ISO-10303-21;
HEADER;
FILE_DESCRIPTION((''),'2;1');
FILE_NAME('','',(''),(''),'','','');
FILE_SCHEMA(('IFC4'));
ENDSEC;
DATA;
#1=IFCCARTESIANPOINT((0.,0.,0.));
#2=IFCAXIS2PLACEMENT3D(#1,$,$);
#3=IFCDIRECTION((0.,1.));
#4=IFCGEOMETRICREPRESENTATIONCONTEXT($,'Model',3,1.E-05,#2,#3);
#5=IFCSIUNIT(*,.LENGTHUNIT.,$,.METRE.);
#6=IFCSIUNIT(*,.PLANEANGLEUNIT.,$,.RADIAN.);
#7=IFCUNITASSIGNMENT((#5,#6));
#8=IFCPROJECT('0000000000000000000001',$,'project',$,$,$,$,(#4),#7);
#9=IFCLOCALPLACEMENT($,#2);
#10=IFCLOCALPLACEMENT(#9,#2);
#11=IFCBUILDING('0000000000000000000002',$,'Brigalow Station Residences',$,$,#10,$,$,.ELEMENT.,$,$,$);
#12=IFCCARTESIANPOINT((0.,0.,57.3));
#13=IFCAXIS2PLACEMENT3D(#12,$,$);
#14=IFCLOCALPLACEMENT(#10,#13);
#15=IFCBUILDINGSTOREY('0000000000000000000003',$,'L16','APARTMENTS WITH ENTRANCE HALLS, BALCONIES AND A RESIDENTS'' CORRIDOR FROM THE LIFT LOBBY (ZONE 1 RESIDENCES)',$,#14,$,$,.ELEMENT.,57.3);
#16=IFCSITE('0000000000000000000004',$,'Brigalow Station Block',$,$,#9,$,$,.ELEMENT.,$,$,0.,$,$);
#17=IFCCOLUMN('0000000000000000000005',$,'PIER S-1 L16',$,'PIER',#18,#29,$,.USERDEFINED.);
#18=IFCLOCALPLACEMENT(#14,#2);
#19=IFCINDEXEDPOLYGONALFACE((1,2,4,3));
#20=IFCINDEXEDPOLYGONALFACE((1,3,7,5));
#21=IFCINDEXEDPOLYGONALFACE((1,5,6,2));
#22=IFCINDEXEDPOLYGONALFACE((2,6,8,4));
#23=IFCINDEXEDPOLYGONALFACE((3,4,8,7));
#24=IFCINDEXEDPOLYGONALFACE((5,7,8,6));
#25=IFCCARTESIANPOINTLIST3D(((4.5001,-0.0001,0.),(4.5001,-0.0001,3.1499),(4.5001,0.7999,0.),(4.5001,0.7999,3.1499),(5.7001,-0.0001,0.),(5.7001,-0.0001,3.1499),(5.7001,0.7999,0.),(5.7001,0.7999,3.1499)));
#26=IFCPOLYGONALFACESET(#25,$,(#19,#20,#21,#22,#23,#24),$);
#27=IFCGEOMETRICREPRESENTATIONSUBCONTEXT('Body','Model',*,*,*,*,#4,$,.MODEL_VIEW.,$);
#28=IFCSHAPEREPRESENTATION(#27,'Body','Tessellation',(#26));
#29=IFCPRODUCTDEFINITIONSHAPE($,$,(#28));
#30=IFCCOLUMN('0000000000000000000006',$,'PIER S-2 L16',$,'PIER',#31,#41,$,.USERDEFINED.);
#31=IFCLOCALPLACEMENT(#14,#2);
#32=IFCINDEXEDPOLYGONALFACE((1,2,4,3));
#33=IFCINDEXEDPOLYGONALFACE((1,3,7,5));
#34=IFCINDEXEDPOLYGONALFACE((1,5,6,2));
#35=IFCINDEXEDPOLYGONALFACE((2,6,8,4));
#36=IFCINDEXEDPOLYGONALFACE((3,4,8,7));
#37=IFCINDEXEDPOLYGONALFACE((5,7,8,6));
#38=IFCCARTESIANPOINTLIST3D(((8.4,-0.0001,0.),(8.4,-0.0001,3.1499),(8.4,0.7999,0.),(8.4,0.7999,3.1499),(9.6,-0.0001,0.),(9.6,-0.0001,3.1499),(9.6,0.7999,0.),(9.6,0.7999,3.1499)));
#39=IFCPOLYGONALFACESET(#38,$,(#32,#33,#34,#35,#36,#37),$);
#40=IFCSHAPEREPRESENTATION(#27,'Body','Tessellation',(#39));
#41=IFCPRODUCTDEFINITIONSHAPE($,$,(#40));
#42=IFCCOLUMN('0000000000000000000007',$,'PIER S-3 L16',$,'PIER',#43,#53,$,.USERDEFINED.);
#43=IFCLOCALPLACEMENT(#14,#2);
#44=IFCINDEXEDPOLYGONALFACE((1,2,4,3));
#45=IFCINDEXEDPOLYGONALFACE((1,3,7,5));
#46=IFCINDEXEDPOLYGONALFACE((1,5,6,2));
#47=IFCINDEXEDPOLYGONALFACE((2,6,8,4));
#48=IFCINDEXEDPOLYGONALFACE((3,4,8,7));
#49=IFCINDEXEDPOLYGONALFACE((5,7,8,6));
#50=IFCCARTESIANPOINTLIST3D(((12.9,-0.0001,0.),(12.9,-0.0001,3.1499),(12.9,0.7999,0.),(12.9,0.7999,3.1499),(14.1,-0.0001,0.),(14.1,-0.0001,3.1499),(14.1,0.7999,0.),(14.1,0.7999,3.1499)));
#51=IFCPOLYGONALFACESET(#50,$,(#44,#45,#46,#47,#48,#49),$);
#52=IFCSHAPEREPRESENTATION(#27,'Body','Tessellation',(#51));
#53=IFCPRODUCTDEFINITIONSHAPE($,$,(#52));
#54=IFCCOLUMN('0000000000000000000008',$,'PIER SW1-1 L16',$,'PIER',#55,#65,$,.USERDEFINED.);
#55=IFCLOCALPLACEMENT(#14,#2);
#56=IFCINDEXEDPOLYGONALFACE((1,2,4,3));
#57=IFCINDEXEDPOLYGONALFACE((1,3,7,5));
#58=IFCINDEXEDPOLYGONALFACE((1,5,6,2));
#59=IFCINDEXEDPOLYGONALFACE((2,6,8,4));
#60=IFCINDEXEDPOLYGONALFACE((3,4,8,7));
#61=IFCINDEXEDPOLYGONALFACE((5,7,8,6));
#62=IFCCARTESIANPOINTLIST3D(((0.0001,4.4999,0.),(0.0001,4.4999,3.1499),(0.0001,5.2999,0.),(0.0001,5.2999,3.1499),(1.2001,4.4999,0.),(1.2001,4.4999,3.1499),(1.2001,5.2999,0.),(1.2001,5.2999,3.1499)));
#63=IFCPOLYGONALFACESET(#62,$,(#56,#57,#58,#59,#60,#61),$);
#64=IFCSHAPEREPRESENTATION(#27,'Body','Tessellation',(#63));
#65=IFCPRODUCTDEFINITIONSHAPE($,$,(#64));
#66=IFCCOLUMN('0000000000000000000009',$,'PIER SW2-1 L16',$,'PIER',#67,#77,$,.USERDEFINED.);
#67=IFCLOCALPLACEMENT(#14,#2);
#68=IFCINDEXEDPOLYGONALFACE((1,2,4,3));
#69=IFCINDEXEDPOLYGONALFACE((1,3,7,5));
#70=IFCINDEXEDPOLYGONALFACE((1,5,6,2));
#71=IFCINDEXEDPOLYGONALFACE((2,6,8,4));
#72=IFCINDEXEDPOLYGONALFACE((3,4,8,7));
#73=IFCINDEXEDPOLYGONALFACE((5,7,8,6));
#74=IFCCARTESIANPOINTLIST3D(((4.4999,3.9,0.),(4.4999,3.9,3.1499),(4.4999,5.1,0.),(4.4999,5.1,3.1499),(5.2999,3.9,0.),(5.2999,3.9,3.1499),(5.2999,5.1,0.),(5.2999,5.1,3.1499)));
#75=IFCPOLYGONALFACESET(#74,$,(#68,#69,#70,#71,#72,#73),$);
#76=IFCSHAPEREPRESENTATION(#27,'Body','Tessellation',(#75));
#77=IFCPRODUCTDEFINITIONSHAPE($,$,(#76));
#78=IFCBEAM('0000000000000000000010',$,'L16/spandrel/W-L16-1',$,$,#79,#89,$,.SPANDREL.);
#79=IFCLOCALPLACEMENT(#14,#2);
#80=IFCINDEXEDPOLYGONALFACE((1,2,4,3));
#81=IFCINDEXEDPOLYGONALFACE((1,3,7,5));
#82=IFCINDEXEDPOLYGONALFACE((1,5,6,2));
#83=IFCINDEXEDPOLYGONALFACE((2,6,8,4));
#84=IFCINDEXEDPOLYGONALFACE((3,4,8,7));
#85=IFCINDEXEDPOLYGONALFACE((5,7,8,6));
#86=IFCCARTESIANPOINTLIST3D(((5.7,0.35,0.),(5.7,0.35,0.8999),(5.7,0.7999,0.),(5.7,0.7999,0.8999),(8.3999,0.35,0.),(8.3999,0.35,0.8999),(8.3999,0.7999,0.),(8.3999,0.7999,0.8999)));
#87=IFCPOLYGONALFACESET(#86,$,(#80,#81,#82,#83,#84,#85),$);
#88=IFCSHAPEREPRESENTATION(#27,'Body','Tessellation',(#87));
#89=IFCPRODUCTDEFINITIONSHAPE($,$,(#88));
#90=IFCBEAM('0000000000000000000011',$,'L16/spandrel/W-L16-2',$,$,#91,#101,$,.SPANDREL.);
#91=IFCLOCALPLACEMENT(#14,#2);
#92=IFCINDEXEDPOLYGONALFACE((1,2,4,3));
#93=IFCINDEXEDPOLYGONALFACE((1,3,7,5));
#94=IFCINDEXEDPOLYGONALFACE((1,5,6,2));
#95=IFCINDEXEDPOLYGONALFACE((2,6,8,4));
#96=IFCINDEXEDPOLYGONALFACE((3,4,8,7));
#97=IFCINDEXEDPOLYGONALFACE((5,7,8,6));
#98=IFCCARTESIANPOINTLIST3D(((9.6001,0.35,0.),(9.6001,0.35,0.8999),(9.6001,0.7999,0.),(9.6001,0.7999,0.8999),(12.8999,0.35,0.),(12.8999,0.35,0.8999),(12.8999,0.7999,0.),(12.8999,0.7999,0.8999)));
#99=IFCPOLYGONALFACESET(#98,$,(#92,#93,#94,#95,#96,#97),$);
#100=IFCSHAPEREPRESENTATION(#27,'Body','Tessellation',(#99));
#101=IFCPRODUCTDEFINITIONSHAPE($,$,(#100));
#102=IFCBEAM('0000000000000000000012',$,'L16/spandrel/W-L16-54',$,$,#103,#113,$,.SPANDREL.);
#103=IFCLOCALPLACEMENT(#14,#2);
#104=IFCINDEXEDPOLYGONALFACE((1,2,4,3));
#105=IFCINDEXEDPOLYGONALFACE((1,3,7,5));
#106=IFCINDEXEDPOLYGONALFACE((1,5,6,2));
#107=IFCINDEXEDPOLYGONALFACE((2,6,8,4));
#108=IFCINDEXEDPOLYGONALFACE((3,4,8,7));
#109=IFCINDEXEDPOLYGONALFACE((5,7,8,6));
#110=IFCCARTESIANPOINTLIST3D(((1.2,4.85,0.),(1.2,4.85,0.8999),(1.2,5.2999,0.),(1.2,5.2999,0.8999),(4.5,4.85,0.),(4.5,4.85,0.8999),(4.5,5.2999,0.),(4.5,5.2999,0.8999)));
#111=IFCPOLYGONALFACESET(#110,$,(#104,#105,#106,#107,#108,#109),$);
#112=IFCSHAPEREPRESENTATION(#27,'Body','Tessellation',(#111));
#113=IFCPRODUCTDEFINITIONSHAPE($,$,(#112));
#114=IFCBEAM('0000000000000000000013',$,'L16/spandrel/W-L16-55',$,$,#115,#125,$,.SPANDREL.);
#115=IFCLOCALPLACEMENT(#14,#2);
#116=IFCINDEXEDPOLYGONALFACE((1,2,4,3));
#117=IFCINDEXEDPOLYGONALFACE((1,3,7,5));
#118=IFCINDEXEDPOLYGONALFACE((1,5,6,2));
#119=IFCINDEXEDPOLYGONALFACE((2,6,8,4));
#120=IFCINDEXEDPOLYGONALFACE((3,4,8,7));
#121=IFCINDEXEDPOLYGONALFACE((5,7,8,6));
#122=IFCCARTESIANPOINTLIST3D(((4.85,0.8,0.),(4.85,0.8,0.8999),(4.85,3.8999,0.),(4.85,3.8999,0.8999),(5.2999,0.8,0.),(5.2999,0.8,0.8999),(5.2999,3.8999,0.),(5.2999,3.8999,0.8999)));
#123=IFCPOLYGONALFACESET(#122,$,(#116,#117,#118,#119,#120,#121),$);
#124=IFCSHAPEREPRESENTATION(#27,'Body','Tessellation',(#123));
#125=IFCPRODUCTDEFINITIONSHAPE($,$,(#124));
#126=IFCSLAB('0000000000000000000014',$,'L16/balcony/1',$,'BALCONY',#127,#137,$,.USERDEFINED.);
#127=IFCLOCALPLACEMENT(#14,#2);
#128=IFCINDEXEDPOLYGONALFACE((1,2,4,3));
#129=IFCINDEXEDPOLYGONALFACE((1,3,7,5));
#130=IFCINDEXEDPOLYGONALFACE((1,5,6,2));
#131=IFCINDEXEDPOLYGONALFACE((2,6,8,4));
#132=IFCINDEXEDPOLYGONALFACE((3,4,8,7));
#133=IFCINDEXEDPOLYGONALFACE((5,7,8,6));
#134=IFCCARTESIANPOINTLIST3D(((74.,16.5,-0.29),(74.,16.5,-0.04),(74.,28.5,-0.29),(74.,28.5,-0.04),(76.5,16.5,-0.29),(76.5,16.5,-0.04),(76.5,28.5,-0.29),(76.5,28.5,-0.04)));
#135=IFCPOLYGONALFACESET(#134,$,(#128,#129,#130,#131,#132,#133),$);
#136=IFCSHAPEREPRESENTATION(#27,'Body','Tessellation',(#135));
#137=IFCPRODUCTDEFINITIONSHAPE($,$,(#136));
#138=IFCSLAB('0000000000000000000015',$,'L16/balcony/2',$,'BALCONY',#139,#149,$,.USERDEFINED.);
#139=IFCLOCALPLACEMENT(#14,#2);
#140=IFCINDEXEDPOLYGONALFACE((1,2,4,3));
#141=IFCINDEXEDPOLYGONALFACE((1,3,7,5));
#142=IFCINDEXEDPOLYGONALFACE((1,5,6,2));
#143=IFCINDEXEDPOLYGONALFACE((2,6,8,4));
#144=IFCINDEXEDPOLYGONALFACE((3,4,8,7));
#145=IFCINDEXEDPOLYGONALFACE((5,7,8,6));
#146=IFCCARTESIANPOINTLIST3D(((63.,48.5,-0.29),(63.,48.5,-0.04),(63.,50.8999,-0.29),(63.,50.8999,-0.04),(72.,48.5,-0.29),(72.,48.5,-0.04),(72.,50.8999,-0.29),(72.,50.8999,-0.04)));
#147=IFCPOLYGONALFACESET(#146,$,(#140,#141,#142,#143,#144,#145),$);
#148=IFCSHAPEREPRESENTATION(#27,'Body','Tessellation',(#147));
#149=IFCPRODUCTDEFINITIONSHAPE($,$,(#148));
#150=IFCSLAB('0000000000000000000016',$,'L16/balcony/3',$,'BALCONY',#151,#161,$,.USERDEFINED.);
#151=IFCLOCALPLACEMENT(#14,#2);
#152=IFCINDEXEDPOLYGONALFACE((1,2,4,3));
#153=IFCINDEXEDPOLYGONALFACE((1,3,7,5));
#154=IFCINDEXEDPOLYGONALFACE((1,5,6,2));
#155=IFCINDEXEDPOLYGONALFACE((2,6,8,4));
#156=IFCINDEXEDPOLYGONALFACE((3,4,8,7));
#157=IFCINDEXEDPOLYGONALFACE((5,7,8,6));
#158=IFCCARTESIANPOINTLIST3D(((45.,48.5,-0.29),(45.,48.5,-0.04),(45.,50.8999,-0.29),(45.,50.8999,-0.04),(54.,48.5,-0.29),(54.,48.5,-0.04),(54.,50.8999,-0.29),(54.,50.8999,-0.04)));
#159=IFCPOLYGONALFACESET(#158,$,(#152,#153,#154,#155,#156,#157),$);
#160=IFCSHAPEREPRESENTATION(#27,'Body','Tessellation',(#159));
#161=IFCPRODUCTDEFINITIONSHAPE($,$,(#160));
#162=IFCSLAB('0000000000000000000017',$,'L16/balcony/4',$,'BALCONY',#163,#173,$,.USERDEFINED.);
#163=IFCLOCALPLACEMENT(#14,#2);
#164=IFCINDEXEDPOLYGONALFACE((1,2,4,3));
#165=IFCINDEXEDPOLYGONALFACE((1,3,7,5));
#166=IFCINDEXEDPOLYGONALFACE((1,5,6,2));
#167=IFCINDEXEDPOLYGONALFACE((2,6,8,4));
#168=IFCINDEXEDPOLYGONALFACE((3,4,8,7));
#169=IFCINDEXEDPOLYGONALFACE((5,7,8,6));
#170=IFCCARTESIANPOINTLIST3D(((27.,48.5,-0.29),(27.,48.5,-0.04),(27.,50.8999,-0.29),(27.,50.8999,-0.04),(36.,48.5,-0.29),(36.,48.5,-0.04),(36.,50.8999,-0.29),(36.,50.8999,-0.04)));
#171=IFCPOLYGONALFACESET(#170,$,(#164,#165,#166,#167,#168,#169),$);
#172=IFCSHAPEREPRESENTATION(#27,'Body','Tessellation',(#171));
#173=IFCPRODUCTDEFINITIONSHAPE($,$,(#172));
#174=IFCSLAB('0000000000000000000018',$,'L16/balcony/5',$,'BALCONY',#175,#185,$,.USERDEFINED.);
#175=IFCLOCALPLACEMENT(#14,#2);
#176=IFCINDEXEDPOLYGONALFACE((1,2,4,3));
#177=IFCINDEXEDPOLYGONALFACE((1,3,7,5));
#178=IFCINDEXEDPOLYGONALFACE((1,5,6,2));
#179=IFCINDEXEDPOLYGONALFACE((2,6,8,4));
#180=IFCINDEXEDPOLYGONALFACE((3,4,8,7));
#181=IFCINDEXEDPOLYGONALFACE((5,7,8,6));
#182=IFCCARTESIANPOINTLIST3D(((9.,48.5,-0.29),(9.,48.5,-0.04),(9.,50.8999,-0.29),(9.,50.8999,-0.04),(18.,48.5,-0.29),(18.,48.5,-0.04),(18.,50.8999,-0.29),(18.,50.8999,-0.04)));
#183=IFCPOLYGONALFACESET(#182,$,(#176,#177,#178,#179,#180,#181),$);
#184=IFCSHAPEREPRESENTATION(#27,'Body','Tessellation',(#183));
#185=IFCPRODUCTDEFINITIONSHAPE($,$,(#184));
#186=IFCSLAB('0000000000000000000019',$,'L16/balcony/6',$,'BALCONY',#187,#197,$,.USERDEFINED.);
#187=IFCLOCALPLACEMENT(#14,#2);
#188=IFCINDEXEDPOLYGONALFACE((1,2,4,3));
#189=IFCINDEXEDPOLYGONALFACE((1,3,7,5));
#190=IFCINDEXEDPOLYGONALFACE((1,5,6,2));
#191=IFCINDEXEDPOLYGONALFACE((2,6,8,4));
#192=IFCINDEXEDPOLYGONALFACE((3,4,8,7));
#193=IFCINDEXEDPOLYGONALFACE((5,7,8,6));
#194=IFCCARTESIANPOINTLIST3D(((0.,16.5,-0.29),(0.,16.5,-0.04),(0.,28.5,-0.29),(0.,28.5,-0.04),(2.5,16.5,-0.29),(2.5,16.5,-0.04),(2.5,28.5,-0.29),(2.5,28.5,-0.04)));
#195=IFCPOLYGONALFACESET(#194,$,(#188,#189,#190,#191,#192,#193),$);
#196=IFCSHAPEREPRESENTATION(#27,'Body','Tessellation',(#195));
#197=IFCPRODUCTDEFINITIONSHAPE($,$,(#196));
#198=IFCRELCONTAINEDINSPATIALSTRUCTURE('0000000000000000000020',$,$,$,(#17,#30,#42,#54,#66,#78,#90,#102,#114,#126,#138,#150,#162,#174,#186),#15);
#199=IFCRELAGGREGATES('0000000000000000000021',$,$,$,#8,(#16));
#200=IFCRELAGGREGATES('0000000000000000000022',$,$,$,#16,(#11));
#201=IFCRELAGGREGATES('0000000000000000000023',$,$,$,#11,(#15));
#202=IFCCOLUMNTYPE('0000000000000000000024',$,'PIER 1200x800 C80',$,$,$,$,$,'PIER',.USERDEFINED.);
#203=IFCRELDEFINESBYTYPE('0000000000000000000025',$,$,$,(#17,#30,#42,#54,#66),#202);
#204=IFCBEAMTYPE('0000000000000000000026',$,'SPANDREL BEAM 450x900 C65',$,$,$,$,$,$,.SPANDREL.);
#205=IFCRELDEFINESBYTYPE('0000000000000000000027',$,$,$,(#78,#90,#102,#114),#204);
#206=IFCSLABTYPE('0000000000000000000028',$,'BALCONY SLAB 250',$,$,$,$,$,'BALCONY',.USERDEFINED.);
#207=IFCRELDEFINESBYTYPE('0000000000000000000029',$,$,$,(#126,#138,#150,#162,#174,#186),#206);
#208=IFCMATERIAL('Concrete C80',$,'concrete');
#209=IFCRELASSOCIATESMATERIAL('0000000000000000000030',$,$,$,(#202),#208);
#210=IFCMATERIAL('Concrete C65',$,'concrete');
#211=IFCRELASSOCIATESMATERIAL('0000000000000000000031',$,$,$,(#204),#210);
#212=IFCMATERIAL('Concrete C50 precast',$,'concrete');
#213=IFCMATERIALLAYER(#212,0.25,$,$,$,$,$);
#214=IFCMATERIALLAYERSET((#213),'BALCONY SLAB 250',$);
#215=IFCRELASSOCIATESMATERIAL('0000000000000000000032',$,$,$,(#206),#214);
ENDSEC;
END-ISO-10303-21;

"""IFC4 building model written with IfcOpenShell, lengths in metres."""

from ifc_helpers import new_model, si_unit, direction, frame, origin, origin_2d, place, context, subcontext, project, spatial, polyline, rectangle, outline, extrude, material, layer, layer_set, material_profile, profile_set, type_object, element, save


model = new_model("IFC4")

# Units and contexts
model_context = context("Model", 3, precision=1e-05, world=origin(), true_north=direction((0.0, 1.0)))
body_context = subcontext(model_context, "Body", "Model", "MODEL_VIEW")
ifc_project = project(units=[si_unit("LENGTHUNIT", "METRE"), si_unit("PLANEANGLEUNIT", "RADIAN")], contexts=[model_context])

# Site, building, storey
site_placement = place(None, origin())
site = spatial("IfcSite", under=ifc_project, at=site_placement, Name="Brigalow Station Block", CompositionType="ELEMENT", RefElevation=0.0)
building_placement = place(site_placement, origin())
building = spatial("IfcBuilding", under=site, at=building_placement, Name="Brigalow Station Residences", CompositionType="ELEMENT")
storey_placement = place(building_placement, frame((0.0, 0.0, 57.3)))
storey = spatial("IfcBuildingStorey", under=building, at=storey_placement, Name="L16", Description="APARTMENTS WITH ENTRANCE HALLS, BALCONIES AND A RESIDENTS' CORRIDOR FROM THE LIFT LOBBY (ZONE 1 RESIDENCES)", CompositionType="ELEMENT", Elevation=57.3)

# Columns
ifc_material_1 = material(Name="Concrete C80", Category="concrete")
ifc_material_profile_1 = material_profile(ifc_material_1, rectangle(XDim=1.2, YDim=0.8, at=origin_2d()), Name="RC1200x800")
ifc_profile_set_1 = profile_set([ifc_material_profile_1], Name="Concrete C80")
column_type = type_object("IfcColumnType", Name="PIER 1200x800 C80", ElementType="PIER", PredefinedType="USERDEFINED", material=ifc_profile_set_1)
for number, where, z_axis, x_axis, name in (
    (1, (5.1001, 0.3999, 0.0), (0.0, 0.0, 1.0), (1.0, 0.0, 0.0), "PIER S-1 L16"),
    (2, (9.0, 0.3999, 0.0), (0.0, 0.0, 1.0), (1.0, 0.0, 0.0), "PIER S-2 L16"),
    (3, (13.5, 0.3999, 0.0), (0.0, 0.0, 1.0), (1.0, 0.0, 0.0), "PIER S-3 L16"),
    (4, (0.6001, 4.8999, 0.0), (0.0, 0.0, 1.0), (1.0, 0.0, 0.0), "PIER SW1-1 L16"),
    (5, (4.8999, 4.5, 0.0), (0.0, 0.0, 1.0), (0.0, -1.0, 0.0), "PIER SW2-1 L16"),
):
    element("IfcColumn", number, at=place(storey_placement, frame(where, z_axis=z_axis, x_axis=x_axis)), inside=storey, type_object=column_type, Name=name, ObjectType="PIER", PredefinedType="USERDEFINED", context=body_context, shape_type="SweptSolid", body=[
        extrude(rectangle(XDim=1.2, YDim=0.8, at=origin_2d()), origin(), (0.0, 0.0, 1.0), 3.1499),
    ])

# Beams
ifc_material_2 = material(Name="Concrete C65", Category="concrete")
ifc_material_profile_2 = material_profile(ifc_material_2, rectangle(XDim=0.45, YDim=0.8999, at=origin_2d()), Name="RC450x900")
ifc_profile_set_2 = profile_set([ifc_material_profile_2], Name="Concrete C65")
beam_type = type_object("IfcBeamType", Name="SPANDREL BEAM 450x900 C65", PredefinedType="SPANDREL", material=ifc_profile_set_2)
beam_1_placement = place(storey_placement, frame((5.7, 0.575, 0.45), z_axis=(1.0, 0.0, 0.0), x_axis=(0.0, 1.0, 0.0)))
element("IfcBeam", 6, at=beam_1_placement, inside=storey, type_object=beam_type, Name="L16/spandrel/W-L16-1", PredefinedType="SPANDREL", context=body_context, shape_type="SweptSolid", body=[
    extrude(rectangle(XDim=0.45, YDim=0.8999, at=origin_2d()), origin(), (0.0, 0.0, 1.0), 2.7),
])
beam_2_placement = place(storey_placement, frame((9.6001, 0.575, 0.45), z_axis=(1.0, 0.0, 0.0), x_axis=(0.0, 1.0, 0.0)))
element("IfcBeam", 7, at=beam_2_placement, inside=storey, type_object=beam_type, Name="L16/spandrel/W-L16-2", PredefinedType="SPANDREL", context=body_context, shape_type="SweptSolid", body=[
    extrude(rectangle(XDim=0.45, YDim=0.8999, at=origin_2d()), origin(), (0.0, 0.0, 1.0), 3.2998),
])
beam_3_placement = place(storey_placement, frame((1.2, 5.075, 0.45), z_axis=(1.0, 0.0, 0.0), x_axis=(0.0, 1.0, 0.0)))
element("IfcBeam", 8, at=beam_3_placement, inside=storey, type_object=beam_type, Name="L16/spandrel/W-L16-54", PredefinedType="SPANDREL", context=body_context, shape_type="SweptSolid", body=[
    extrude(rectangle(XDim=0.45, YDim=0.8999, at=origin_2d()), origin(), (0.0, 0.0, 1.0), 3.3),
])
beam_4_placement = place(storey_placement, frame((5.075, 3.8999, 0.45), z_axis=(0.0, -1.0, 0.0), x_axis=(1.0, 0.0, 0.0)))
element("IfcBeam", 9, at=beam_4_placement, inside=storey, type_object=beam_type, Name="L16/spandrel/W-L16-55", PredefinedType="SPANDREL", context=body_context, shape_type="SweptSolid", body=[
    extrude(rectangle(XDim=0.45, YDim=0.8999, at=origin_2d()), origin(), (0.0, 0.0, 1.0), 3.0999),
])

# Slabs
ifc_material_3 = material(Name="Concrete C50 precast", Category="concrete")
ifc_layer_1 = layer(ifc_material_3, 0.25)
ifc_layer_set_1 = layer_set([ifc_layer_1], Name="BALCONY SLAB 250")
slab_type_1 = type_object("IfcSlabType", Name="BALCONY SLAB 250", ElementType="BALCONY", PredefinedType="USERDEFINED", material=ifc_layer_set_1)
slab_1_placement = place(storey_placement, frame((0.0, 0.0, -0.29)))
element("IfcSlab", 10, at=slab_1_placement, inside=storey, type_object=slab_type_1, Name="L16/balcony/1", ObjectType="BALCONY", PredefinedType="USERDEFINED", context=body_context, shape_type="SweptSolid", body=[
    extrude(outline(polyline([(74.0, 16.5), (76.5, 16.5), (76.5, 28.5), (74.0, 28.5), (74.0, 16.5)])), origin(), (0.0, 0.0, 1.0), 0.25),
])
slab_2_placement = place(storey_placement, frame((0.0, 0.0, -0.29)))
element("IfcSlab", 11, at=slab_2_placement, inside=storey, type_object=slab_type_1, Name="L16/balcony/2", ObjectType="BALCONY", PredefinedType="USERDEFINED", context=body_context, shape_type="SweptSolid", body=[
    extrude(outline(polyline([(72.0, 48.5), (72.0, 50.8999), (63.0, 50.8999), (63.0, 48.5), (72.0, 48.5)])), origin(), (0.0, 0.0, 1.0), 0.25),
])
slab_3_placement = place(storey_placement, frame((0.0, 0.0, -0.29)))
element("IfcSlab", 12, at=slab_3_placement, inside=storey, type_object=slab_type_1, Name="L16/balcony/3", ObjectType="BALCONY", PredefinedType="USERDEFINED", context=body_context, shape_type="SweptSolid", body=[
    extrude(outline(polyline([(54.0, 48.5), (54.0, 50.8999), (45.0, 50.8999), (45.0, 48.5), (54.0, 48.5)])), origin(), (0.0, 0.0, 1.0), 0.25),
])
slab_4_placement = place(storey_placement, frame((0.0, 0.0, -0.29)))
element("IfcSlab", 13, at=slab_4_placement, inside=storey, type_object=slab_type_1, Name="L16/balcony/4", ObjectType="BALCONY", PredefinedType="USERDEFINED", context=body_context, shape_type="SweptSolid", body=[
    extrude(outline(polyline([(36.0, 48.5), (36.0, 50.8999), (27.0, 50.8999), (27.0, 48.5), (36.0, 48.5)])), origin(), (0.0, 0.0, 1.0), 0.25),
])
slab_5_placement = place(storey_placement, frame((0.0, 0.0, -0.29)))
element("IfcSlab", 14, at=slab_5_placement, inside=storey, type_object=slab_type_1, Name="L16/balcony/5", ObjectType="BALCONY", PredefinedType="USERDEFINED", context=body_context, shape_type="SweptSolid", body=[
    extrude(outline(polyline([(18.0, 48.5), (18.0, 50.8999), (9.0, 50.8999), (9.0, 48.5), (18.0, 48.5)])), origin(), (0.0, 0.0, 1.0), 0.25),
])
slab_6_placement = place(storey_placement, frame((0.0, 0.0, -0.29)))
element("IfcSlab", 15, at=slab_6_placement, inside=storey, type_object=slab_type_1, Name="L16/balcony/6", ObjectType="BALCONY", PredefinedType="USERDEFINED", context=body_context, shape_type="SweptSolid", body=[
    extrude(outline(polyline([(2.5, 28.5), (0.0, 28.5), (0.0, 16.5), (2.5, 16.5), (2.5, 28.5)])), origin(), (0.0, 0.0, 1.0), 0.25),
])

save(model, "model.ifc")
